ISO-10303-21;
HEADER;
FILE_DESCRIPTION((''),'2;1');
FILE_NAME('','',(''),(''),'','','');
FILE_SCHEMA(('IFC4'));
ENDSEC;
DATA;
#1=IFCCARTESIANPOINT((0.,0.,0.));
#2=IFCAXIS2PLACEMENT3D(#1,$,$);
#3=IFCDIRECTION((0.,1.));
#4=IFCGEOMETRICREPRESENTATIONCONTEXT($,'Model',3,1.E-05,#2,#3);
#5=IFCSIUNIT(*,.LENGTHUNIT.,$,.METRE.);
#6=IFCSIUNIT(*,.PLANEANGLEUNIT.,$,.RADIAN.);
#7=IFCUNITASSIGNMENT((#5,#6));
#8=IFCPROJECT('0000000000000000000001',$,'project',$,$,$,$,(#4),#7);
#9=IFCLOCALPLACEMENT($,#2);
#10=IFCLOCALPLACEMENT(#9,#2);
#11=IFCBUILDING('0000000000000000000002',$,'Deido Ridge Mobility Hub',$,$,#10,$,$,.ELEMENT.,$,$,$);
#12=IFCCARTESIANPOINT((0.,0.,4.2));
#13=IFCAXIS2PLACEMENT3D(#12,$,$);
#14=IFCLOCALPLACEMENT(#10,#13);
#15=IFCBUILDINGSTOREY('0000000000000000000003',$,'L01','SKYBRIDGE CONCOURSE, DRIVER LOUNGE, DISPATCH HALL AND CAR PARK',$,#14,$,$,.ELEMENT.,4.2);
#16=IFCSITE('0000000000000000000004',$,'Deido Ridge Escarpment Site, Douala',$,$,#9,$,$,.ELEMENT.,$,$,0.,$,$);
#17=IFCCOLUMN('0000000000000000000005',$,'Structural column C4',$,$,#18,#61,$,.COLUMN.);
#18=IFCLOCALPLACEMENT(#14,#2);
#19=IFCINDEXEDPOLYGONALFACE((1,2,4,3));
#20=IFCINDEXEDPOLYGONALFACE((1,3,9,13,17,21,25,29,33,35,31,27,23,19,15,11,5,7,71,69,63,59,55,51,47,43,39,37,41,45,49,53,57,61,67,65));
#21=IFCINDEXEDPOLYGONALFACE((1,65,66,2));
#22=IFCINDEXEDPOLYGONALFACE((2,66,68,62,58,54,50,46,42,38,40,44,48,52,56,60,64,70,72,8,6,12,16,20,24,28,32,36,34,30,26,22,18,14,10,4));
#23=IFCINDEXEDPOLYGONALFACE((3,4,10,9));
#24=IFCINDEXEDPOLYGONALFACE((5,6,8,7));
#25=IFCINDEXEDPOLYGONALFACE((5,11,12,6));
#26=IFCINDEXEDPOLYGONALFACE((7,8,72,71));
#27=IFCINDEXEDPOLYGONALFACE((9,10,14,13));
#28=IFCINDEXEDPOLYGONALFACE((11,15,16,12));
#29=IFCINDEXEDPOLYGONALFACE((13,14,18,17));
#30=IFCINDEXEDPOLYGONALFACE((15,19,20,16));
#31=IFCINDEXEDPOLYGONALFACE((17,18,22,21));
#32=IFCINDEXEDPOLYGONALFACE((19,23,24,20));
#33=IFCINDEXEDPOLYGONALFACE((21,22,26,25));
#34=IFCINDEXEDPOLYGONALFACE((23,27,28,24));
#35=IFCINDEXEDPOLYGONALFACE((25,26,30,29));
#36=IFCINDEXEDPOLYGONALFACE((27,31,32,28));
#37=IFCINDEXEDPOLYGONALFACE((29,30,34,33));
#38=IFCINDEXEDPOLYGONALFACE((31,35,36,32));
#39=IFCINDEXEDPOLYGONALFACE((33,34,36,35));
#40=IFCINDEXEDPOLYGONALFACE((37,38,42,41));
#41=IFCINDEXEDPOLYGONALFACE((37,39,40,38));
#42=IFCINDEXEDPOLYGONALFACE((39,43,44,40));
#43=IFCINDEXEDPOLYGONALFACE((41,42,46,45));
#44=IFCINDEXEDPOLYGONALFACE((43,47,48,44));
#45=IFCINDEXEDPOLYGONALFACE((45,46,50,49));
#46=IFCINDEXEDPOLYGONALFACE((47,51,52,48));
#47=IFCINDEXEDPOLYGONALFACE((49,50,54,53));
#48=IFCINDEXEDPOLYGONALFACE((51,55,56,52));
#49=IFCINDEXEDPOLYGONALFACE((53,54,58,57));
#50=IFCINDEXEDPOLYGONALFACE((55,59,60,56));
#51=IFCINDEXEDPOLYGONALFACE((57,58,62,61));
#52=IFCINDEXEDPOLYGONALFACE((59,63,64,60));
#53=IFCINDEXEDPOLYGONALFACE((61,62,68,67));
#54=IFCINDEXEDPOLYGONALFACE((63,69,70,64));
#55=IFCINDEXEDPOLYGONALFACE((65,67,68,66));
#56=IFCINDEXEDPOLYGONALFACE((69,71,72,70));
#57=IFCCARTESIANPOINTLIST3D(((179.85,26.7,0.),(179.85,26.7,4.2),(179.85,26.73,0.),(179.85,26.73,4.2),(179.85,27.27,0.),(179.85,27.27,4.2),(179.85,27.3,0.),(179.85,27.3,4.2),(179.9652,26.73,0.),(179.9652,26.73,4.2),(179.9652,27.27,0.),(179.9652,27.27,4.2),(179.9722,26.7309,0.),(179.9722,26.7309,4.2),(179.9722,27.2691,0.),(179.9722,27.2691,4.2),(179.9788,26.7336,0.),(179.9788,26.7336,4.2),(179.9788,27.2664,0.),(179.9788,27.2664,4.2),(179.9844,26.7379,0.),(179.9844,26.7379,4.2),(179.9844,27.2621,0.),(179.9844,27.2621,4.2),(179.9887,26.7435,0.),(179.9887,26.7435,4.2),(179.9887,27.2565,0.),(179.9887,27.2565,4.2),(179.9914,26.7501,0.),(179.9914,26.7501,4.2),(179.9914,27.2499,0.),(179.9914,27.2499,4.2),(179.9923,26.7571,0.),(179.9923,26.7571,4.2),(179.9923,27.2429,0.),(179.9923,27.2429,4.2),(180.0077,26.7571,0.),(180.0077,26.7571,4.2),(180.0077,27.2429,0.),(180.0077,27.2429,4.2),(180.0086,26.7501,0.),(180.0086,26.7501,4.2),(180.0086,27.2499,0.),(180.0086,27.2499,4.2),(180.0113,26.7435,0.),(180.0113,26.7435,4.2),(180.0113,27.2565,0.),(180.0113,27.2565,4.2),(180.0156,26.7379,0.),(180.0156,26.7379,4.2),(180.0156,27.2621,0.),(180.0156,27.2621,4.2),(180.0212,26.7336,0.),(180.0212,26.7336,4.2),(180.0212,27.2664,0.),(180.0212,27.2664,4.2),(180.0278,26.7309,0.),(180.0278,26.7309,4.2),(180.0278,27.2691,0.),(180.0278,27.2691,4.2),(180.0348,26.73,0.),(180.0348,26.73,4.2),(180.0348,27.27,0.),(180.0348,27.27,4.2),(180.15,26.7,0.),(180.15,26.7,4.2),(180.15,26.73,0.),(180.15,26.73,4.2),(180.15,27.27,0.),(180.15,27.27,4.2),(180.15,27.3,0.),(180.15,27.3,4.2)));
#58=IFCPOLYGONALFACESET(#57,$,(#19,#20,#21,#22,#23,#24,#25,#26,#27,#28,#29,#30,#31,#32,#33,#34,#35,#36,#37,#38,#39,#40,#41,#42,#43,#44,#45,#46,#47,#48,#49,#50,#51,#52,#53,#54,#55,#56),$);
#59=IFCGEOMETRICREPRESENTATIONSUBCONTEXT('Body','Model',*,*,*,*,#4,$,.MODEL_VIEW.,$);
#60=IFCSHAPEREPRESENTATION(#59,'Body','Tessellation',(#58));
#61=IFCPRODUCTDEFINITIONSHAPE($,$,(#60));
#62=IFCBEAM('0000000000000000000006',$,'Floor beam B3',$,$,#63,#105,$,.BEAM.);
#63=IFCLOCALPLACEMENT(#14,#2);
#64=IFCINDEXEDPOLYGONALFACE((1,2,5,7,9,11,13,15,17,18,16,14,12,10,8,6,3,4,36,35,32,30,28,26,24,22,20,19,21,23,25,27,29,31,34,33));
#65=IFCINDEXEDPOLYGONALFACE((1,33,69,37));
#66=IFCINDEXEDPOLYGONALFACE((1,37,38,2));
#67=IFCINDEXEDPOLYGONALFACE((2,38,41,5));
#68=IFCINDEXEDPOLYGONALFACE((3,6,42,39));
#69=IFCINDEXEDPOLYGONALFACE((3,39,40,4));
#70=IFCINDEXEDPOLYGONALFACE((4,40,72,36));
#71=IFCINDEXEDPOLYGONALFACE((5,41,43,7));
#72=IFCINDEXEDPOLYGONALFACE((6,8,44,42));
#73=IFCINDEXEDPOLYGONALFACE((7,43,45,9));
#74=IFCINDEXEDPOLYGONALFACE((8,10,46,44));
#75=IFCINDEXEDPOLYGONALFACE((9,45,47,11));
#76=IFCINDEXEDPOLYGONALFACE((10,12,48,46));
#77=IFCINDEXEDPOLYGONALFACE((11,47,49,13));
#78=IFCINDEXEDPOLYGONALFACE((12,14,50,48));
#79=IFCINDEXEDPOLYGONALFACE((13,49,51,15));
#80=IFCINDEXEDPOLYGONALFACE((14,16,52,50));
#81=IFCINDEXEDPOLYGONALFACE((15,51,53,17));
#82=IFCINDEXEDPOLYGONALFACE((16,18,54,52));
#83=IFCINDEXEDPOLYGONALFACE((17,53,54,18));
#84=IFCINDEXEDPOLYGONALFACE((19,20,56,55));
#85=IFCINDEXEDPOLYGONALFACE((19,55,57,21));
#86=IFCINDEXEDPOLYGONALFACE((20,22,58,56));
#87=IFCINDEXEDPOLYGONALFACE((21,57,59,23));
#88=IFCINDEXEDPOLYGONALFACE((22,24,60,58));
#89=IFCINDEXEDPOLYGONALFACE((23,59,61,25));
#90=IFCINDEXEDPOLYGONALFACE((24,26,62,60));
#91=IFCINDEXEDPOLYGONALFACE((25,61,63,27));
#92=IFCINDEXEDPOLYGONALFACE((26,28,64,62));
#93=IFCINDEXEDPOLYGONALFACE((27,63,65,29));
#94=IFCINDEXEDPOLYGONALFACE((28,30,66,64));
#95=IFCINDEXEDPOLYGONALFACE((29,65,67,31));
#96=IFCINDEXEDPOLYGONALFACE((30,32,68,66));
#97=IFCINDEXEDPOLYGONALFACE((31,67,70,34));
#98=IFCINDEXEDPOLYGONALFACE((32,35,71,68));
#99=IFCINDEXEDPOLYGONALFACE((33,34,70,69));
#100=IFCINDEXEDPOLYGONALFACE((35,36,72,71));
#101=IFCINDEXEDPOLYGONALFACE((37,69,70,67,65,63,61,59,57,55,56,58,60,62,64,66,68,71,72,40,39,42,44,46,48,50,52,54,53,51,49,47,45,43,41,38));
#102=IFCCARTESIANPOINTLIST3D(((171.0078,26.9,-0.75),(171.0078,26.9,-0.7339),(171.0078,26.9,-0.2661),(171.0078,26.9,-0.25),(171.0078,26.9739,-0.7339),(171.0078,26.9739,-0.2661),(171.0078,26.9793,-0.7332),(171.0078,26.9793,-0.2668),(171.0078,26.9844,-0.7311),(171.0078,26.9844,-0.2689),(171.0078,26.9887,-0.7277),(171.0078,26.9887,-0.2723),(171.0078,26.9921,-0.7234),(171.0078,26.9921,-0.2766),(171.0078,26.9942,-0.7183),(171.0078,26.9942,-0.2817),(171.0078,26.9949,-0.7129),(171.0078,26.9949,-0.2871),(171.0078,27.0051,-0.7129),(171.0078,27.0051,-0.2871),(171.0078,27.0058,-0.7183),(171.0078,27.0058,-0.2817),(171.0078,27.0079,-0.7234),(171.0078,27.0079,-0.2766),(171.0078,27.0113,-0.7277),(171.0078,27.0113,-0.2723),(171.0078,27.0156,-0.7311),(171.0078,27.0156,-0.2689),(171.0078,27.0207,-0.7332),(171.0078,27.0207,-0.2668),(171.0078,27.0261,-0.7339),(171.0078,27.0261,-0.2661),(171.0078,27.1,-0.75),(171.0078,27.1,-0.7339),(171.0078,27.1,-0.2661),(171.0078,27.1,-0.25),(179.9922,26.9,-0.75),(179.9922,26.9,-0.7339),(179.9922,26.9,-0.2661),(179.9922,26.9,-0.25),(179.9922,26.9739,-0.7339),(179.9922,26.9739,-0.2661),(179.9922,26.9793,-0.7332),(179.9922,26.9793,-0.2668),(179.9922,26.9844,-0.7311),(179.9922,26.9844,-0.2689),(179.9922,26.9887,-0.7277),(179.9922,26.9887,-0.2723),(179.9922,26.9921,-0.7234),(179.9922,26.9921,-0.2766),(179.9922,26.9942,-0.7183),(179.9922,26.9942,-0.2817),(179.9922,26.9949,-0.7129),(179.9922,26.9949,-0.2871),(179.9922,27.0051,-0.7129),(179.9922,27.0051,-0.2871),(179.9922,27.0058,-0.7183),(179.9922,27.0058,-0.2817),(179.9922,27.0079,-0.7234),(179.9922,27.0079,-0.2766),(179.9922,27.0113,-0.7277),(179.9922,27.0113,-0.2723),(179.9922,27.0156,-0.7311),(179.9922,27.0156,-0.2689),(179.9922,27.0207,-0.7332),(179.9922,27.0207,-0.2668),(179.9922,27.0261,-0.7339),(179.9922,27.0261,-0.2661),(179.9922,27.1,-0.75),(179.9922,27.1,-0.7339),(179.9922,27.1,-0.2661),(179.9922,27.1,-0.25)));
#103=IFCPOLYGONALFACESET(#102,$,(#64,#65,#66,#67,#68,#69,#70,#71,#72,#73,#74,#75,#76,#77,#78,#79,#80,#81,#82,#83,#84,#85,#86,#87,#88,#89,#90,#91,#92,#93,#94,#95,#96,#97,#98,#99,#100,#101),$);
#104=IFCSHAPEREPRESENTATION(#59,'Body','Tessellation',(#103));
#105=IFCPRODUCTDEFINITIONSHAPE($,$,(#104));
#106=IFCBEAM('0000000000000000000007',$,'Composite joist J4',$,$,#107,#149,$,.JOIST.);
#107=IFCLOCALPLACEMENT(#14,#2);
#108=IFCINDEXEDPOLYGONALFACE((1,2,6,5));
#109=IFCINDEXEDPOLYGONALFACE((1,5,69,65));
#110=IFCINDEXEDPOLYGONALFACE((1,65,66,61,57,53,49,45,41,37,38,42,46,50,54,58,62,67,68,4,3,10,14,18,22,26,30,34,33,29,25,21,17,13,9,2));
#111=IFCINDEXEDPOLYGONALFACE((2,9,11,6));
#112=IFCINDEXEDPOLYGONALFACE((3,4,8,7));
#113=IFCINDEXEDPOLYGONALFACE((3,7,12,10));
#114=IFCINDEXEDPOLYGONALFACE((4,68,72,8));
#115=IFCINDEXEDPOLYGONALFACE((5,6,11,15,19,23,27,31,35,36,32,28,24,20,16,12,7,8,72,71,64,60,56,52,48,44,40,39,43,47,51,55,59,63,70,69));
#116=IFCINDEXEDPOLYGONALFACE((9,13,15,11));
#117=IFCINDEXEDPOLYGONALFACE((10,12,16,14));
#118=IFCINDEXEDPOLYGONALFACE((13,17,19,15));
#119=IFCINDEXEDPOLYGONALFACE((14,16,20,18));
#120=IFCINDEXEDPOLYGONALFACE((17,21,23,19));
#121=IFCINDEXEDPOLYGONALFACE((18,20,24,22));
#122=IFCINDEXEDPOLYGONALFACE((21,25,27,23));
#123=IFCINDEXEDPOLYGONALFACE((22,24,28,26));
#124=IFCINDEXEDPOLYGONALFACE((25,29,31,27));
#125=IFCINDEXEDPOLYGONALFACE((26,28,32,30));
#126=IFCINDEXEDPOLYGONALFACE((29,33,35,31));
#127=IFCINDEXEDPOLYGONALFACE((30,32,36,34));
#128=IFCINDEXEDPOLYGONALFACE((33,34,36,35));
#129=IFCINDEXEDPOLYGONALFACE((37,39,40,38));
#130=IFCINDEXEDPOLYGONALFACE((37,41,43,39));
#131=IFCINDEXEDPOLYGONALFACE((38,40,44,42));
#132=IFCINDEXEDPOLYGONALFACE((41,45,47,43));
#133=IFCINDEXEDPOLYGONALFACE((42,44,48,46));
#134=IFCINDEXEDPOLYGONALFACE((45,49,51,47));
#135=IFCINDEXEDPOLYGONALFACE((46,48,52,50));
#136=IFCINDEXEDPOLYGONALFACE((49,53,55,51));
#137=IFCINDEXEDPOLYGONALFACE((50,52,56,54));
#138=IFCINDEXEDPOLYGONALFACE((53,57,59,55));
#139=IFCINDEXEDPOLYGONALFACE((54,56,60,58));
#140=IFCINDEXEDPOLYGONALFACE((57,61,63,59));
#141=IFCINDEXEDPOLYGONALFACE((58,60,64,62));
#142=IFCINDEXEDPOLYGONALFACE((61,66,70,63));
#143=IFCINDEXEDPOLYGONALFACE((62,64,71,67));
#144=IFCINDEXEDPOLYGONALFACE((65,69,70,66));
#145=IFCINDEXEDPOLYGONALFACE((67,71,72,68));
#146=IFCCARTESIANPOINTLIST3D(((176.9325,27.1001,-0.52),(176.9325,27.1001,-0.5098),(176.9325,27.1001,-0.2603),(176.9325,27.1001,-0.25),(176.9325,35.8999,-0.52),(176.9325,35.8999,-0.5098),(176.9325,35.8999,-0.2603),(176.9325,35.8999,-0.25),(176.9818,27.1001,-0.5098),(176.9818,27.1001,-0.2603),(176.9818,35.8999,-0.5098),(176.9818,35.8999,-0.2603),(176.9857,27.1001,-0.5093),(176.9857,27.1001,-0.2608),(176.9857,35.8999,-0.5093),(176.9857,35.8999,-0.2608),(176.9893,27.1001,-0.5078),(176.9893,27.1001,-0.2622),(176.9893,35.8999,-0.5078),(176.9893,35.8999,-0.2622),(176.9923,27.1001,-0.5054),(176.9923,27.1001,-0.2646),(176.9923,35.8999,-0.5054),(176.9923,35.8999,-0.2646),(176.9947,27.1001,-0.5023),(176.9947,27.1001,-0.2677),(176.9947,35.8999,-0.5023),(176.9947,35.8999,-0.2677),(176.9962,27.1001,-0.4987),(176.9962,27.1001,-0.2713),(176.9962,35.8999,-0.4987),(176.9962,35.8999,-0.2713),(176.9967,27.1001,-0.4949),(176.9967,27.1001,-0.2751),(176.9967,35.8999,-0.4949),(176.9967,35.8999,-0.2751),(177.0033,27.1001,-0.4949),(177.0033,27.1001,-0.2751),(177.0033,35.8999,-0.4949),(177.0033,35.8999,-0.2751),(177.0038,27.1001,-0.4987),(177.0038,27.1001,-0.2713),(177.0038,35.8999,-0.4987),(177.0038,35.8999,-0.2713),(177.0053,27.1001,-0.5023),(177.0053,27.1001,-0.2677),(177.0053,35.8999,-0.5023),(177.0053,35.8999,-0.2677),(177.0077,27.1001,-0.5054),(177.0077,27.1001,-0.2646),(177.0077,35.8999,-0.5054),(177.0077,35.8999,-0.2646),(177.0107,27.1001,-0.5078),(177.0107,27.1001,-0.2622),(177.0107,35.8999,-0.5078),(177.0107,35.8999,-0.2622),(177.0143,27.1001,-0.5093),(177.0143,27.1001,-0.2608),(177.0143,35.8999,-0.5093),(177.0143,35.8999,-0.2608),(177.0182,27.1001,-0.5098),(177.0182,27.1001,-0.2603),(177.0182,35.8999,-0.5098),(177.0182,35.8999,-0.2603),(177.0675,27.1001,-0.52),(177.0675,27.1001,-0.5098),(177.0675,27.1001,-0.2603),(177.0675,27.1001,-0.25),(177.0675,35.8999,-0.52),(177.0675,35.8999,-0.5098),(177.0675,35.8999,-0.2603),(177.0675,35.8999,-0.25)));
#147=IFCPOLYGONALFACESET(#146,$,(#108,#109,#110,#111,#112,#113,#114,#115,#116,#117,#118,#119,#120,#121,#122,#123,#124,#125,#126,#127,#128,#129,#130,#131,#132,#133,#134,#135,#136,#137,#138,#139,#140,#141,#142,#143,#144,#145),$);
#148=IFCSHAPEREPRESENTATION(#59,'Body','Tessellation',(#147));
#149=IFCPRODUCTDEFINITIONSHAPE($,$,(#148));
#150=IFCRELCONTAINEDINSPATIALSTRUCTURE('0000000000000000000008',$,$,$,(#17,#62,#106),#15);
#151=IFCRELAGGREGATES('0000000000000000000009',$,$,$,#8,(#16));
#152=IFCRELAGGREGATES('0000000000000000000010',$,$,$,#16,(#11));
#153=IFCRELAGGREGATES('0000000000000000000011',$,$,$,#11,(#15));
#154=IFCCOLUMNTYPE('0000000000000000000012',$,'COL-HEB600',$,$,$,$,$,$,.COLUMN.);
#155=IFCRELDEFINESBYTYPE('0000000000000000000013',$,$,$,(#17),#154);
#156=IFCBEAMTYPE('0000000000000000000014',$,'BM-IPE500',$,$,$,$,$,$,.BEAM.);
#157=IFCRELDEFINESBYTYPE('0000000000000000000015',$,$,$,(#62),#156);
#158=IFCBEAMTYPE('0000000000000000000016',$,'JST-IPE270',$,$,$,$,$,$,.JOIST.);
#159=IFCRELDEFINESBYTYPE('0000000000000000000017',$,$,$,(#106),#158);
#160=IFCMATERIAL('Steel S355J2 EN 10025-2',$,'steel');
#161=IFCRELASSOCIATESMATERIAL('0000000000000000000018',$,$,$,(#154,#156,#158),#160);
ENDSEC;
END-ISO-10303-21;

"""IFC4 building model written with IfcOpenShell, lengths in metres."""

from ifc_helpers import new_model, si_unit, direction, frame, origin, origin_2d, place, context, subcontext, project, spatial, i_section, extrude, material, material_profile, profile_set, type_object, element, save


model = new_model("IFC4")

# Units and contexts
model_context = context("Model", 3, precision=1e-05, world=origin(), true_north=direction((0.0, 1.0)))
body_context = subcontext(model_context, "Body", "Model", "MODEL_VIEW")
ifc_project = project(units=[si_unit("LENGTHUNIT", "METRE"), si_unit("PLANEANGLEUNIT", "RADIAN")], contexts=[model_context])

# Site, building, storey
site_placement = place(None, origin())
site = spatial("IfcSite", under=ifc_project, at=site_placement, Name="Deido Ridge Escarpment Site, Douala", CompositionType="ELEMENT", RefElevation=0.0)
building_placement = place(site_placement, origin())
building = spatial("IfcBuilding", under=site, at=building_placement, Name="Deido Ridge Mobility Hub", CompositionType="ELEMENT")
storey_placement = place(building_placement, frame((0.0, 0.0, 4.2)))
storey = spatial("IfcBuildingStorey", under=building, at=storey_placement, Name="L01", Description="SKYBRIDGE CONCOURSE, DRIVER LOUNGE, DISPATCH HALL AND CAR PARK", CompositionType="ELEMENT", Elevation=4.2)

# Column
ifc_material_1 = material(Name="Steel S355J2 EN 10025-2", Category="steel")
ifc_material_profile_1 = material_profile(ifc_material_1, i_section(OverallWidth=0.3, OverallDepth=0.6001, WebThickness=0.0154, FlangeThickness=0.03, FilletRadius=0.0271, at=origin_2d()), Name="HEB 600")
ifc_profile_set_1 = profile_set([ifc_material_profile_1], Name="Steel S355J2 EN 10025-2")
column_type = type_object("IfcColumnType", Name="COL-HEB600", PredefinedType="COLUMN", material=ifc_profile_set_1)
column_placement = place(storey_placement, frame((180.0, 27.0, 0.0), z_axis=(0.0, 0.0, 1.0), x_axis=(1.0, 0.0, 0.0)))
element("IfcColumn", 1, at=column_placement, inside=storey, type_object=column_type, Name="Structural column C4", PredefinedType="COLUMN", context=body_context, shape_type="SweptSolid", body=[
    extrude(i_section(OverallWidth=0.3, OverallDepth=0.6001, WebThickness=0.0154, FlangeThickness=0.03, FilletRadius=0.0271, at=origin_2d()), origin(), (0.0, 0.0, 1.0), 4.2),
])

# Beams
ifc_material_profile_2 = material_profile(ifc_material_1, i_section(OverallWidth=0.2, OverallDepth=0.5, WebThickness=0.0103, FlangeThickness=0.0161, FilletRadius=0.021, at=origin_2d()), Name="IPE 500")
ifc_profile_set_2 = profile_set([ifc_material_profile_2], Name="Steel S355J2 EN 10025-2")
beam_type_1 = type_object("IfcBeamType", Name="BM-IPE500", PredefinedType="BEAM", material=ifc_profile_set_2)
beam_1_placement = place(storey_placement, frame((171.0078, 27.0, -0.5), z_axis=(1.0, 0.0, 0.0), x_axis=(0.0, 1.0, 0.0)))
element("IfcBeam", 2, at=beam_1_placement, inside=storey, type_object=beam_type_1, Name="Floor beam B3", PredefinedType="BEAM", context=body_context, shape_type="SweptSolid", body=[
    extrude(i_section(OverallWidth=0.2, OverallDepth=0.5, WebThickness=0.0103, FlangeThickness=0.0161, FilletRadius=0.021, at=origin_2d()), origin(), (0.0, 0.0, 1.0), 8.9844),
])
ifc_material_profile_3 = material_profile(ifc_material_1, i_section(OverallWidth=0.135, OverallDepth=0.27, WebThickness=0.0066, FlangeThickness=0.0103, FilletRadius=0.0149, at=origin_2d()), Name="IPE 270")
ifc_profile_set_3 = profile_set([ifc_material_profile_3], Name="Steel S355J2 EN 10025-2")
beam_type_2 = type_object("IfcBeamType", Name="JST-IPE270", PredefinedType="JOIST", material=ifc_profile_set_3)
beam_2_placement = place(storey_placement, frame((177.0, 27.1001, -0.385), z_axis=(0.0, 1.0, 0.0), x_axis=(-1.0, 0.0, 0.0)))
element("IfcBeam", 3, at=beam_2_placement, inside=storey, type_object=beam_type_2, Name="Composite joist J4", PredefinedType="JOIST", context=body_context, shape_type="SweptSolid", body=[
    extrude(i_section(OverallWidth=0.135, OverallDepth=0.27, WebThickness=0.0066, FlangeThickness=0.0103, FilletRadius=0.0149, at=origin_2d()), origin(), (0.0, 0.0, 1.0), 8.7998),
])

save(model, "model.ifc")
